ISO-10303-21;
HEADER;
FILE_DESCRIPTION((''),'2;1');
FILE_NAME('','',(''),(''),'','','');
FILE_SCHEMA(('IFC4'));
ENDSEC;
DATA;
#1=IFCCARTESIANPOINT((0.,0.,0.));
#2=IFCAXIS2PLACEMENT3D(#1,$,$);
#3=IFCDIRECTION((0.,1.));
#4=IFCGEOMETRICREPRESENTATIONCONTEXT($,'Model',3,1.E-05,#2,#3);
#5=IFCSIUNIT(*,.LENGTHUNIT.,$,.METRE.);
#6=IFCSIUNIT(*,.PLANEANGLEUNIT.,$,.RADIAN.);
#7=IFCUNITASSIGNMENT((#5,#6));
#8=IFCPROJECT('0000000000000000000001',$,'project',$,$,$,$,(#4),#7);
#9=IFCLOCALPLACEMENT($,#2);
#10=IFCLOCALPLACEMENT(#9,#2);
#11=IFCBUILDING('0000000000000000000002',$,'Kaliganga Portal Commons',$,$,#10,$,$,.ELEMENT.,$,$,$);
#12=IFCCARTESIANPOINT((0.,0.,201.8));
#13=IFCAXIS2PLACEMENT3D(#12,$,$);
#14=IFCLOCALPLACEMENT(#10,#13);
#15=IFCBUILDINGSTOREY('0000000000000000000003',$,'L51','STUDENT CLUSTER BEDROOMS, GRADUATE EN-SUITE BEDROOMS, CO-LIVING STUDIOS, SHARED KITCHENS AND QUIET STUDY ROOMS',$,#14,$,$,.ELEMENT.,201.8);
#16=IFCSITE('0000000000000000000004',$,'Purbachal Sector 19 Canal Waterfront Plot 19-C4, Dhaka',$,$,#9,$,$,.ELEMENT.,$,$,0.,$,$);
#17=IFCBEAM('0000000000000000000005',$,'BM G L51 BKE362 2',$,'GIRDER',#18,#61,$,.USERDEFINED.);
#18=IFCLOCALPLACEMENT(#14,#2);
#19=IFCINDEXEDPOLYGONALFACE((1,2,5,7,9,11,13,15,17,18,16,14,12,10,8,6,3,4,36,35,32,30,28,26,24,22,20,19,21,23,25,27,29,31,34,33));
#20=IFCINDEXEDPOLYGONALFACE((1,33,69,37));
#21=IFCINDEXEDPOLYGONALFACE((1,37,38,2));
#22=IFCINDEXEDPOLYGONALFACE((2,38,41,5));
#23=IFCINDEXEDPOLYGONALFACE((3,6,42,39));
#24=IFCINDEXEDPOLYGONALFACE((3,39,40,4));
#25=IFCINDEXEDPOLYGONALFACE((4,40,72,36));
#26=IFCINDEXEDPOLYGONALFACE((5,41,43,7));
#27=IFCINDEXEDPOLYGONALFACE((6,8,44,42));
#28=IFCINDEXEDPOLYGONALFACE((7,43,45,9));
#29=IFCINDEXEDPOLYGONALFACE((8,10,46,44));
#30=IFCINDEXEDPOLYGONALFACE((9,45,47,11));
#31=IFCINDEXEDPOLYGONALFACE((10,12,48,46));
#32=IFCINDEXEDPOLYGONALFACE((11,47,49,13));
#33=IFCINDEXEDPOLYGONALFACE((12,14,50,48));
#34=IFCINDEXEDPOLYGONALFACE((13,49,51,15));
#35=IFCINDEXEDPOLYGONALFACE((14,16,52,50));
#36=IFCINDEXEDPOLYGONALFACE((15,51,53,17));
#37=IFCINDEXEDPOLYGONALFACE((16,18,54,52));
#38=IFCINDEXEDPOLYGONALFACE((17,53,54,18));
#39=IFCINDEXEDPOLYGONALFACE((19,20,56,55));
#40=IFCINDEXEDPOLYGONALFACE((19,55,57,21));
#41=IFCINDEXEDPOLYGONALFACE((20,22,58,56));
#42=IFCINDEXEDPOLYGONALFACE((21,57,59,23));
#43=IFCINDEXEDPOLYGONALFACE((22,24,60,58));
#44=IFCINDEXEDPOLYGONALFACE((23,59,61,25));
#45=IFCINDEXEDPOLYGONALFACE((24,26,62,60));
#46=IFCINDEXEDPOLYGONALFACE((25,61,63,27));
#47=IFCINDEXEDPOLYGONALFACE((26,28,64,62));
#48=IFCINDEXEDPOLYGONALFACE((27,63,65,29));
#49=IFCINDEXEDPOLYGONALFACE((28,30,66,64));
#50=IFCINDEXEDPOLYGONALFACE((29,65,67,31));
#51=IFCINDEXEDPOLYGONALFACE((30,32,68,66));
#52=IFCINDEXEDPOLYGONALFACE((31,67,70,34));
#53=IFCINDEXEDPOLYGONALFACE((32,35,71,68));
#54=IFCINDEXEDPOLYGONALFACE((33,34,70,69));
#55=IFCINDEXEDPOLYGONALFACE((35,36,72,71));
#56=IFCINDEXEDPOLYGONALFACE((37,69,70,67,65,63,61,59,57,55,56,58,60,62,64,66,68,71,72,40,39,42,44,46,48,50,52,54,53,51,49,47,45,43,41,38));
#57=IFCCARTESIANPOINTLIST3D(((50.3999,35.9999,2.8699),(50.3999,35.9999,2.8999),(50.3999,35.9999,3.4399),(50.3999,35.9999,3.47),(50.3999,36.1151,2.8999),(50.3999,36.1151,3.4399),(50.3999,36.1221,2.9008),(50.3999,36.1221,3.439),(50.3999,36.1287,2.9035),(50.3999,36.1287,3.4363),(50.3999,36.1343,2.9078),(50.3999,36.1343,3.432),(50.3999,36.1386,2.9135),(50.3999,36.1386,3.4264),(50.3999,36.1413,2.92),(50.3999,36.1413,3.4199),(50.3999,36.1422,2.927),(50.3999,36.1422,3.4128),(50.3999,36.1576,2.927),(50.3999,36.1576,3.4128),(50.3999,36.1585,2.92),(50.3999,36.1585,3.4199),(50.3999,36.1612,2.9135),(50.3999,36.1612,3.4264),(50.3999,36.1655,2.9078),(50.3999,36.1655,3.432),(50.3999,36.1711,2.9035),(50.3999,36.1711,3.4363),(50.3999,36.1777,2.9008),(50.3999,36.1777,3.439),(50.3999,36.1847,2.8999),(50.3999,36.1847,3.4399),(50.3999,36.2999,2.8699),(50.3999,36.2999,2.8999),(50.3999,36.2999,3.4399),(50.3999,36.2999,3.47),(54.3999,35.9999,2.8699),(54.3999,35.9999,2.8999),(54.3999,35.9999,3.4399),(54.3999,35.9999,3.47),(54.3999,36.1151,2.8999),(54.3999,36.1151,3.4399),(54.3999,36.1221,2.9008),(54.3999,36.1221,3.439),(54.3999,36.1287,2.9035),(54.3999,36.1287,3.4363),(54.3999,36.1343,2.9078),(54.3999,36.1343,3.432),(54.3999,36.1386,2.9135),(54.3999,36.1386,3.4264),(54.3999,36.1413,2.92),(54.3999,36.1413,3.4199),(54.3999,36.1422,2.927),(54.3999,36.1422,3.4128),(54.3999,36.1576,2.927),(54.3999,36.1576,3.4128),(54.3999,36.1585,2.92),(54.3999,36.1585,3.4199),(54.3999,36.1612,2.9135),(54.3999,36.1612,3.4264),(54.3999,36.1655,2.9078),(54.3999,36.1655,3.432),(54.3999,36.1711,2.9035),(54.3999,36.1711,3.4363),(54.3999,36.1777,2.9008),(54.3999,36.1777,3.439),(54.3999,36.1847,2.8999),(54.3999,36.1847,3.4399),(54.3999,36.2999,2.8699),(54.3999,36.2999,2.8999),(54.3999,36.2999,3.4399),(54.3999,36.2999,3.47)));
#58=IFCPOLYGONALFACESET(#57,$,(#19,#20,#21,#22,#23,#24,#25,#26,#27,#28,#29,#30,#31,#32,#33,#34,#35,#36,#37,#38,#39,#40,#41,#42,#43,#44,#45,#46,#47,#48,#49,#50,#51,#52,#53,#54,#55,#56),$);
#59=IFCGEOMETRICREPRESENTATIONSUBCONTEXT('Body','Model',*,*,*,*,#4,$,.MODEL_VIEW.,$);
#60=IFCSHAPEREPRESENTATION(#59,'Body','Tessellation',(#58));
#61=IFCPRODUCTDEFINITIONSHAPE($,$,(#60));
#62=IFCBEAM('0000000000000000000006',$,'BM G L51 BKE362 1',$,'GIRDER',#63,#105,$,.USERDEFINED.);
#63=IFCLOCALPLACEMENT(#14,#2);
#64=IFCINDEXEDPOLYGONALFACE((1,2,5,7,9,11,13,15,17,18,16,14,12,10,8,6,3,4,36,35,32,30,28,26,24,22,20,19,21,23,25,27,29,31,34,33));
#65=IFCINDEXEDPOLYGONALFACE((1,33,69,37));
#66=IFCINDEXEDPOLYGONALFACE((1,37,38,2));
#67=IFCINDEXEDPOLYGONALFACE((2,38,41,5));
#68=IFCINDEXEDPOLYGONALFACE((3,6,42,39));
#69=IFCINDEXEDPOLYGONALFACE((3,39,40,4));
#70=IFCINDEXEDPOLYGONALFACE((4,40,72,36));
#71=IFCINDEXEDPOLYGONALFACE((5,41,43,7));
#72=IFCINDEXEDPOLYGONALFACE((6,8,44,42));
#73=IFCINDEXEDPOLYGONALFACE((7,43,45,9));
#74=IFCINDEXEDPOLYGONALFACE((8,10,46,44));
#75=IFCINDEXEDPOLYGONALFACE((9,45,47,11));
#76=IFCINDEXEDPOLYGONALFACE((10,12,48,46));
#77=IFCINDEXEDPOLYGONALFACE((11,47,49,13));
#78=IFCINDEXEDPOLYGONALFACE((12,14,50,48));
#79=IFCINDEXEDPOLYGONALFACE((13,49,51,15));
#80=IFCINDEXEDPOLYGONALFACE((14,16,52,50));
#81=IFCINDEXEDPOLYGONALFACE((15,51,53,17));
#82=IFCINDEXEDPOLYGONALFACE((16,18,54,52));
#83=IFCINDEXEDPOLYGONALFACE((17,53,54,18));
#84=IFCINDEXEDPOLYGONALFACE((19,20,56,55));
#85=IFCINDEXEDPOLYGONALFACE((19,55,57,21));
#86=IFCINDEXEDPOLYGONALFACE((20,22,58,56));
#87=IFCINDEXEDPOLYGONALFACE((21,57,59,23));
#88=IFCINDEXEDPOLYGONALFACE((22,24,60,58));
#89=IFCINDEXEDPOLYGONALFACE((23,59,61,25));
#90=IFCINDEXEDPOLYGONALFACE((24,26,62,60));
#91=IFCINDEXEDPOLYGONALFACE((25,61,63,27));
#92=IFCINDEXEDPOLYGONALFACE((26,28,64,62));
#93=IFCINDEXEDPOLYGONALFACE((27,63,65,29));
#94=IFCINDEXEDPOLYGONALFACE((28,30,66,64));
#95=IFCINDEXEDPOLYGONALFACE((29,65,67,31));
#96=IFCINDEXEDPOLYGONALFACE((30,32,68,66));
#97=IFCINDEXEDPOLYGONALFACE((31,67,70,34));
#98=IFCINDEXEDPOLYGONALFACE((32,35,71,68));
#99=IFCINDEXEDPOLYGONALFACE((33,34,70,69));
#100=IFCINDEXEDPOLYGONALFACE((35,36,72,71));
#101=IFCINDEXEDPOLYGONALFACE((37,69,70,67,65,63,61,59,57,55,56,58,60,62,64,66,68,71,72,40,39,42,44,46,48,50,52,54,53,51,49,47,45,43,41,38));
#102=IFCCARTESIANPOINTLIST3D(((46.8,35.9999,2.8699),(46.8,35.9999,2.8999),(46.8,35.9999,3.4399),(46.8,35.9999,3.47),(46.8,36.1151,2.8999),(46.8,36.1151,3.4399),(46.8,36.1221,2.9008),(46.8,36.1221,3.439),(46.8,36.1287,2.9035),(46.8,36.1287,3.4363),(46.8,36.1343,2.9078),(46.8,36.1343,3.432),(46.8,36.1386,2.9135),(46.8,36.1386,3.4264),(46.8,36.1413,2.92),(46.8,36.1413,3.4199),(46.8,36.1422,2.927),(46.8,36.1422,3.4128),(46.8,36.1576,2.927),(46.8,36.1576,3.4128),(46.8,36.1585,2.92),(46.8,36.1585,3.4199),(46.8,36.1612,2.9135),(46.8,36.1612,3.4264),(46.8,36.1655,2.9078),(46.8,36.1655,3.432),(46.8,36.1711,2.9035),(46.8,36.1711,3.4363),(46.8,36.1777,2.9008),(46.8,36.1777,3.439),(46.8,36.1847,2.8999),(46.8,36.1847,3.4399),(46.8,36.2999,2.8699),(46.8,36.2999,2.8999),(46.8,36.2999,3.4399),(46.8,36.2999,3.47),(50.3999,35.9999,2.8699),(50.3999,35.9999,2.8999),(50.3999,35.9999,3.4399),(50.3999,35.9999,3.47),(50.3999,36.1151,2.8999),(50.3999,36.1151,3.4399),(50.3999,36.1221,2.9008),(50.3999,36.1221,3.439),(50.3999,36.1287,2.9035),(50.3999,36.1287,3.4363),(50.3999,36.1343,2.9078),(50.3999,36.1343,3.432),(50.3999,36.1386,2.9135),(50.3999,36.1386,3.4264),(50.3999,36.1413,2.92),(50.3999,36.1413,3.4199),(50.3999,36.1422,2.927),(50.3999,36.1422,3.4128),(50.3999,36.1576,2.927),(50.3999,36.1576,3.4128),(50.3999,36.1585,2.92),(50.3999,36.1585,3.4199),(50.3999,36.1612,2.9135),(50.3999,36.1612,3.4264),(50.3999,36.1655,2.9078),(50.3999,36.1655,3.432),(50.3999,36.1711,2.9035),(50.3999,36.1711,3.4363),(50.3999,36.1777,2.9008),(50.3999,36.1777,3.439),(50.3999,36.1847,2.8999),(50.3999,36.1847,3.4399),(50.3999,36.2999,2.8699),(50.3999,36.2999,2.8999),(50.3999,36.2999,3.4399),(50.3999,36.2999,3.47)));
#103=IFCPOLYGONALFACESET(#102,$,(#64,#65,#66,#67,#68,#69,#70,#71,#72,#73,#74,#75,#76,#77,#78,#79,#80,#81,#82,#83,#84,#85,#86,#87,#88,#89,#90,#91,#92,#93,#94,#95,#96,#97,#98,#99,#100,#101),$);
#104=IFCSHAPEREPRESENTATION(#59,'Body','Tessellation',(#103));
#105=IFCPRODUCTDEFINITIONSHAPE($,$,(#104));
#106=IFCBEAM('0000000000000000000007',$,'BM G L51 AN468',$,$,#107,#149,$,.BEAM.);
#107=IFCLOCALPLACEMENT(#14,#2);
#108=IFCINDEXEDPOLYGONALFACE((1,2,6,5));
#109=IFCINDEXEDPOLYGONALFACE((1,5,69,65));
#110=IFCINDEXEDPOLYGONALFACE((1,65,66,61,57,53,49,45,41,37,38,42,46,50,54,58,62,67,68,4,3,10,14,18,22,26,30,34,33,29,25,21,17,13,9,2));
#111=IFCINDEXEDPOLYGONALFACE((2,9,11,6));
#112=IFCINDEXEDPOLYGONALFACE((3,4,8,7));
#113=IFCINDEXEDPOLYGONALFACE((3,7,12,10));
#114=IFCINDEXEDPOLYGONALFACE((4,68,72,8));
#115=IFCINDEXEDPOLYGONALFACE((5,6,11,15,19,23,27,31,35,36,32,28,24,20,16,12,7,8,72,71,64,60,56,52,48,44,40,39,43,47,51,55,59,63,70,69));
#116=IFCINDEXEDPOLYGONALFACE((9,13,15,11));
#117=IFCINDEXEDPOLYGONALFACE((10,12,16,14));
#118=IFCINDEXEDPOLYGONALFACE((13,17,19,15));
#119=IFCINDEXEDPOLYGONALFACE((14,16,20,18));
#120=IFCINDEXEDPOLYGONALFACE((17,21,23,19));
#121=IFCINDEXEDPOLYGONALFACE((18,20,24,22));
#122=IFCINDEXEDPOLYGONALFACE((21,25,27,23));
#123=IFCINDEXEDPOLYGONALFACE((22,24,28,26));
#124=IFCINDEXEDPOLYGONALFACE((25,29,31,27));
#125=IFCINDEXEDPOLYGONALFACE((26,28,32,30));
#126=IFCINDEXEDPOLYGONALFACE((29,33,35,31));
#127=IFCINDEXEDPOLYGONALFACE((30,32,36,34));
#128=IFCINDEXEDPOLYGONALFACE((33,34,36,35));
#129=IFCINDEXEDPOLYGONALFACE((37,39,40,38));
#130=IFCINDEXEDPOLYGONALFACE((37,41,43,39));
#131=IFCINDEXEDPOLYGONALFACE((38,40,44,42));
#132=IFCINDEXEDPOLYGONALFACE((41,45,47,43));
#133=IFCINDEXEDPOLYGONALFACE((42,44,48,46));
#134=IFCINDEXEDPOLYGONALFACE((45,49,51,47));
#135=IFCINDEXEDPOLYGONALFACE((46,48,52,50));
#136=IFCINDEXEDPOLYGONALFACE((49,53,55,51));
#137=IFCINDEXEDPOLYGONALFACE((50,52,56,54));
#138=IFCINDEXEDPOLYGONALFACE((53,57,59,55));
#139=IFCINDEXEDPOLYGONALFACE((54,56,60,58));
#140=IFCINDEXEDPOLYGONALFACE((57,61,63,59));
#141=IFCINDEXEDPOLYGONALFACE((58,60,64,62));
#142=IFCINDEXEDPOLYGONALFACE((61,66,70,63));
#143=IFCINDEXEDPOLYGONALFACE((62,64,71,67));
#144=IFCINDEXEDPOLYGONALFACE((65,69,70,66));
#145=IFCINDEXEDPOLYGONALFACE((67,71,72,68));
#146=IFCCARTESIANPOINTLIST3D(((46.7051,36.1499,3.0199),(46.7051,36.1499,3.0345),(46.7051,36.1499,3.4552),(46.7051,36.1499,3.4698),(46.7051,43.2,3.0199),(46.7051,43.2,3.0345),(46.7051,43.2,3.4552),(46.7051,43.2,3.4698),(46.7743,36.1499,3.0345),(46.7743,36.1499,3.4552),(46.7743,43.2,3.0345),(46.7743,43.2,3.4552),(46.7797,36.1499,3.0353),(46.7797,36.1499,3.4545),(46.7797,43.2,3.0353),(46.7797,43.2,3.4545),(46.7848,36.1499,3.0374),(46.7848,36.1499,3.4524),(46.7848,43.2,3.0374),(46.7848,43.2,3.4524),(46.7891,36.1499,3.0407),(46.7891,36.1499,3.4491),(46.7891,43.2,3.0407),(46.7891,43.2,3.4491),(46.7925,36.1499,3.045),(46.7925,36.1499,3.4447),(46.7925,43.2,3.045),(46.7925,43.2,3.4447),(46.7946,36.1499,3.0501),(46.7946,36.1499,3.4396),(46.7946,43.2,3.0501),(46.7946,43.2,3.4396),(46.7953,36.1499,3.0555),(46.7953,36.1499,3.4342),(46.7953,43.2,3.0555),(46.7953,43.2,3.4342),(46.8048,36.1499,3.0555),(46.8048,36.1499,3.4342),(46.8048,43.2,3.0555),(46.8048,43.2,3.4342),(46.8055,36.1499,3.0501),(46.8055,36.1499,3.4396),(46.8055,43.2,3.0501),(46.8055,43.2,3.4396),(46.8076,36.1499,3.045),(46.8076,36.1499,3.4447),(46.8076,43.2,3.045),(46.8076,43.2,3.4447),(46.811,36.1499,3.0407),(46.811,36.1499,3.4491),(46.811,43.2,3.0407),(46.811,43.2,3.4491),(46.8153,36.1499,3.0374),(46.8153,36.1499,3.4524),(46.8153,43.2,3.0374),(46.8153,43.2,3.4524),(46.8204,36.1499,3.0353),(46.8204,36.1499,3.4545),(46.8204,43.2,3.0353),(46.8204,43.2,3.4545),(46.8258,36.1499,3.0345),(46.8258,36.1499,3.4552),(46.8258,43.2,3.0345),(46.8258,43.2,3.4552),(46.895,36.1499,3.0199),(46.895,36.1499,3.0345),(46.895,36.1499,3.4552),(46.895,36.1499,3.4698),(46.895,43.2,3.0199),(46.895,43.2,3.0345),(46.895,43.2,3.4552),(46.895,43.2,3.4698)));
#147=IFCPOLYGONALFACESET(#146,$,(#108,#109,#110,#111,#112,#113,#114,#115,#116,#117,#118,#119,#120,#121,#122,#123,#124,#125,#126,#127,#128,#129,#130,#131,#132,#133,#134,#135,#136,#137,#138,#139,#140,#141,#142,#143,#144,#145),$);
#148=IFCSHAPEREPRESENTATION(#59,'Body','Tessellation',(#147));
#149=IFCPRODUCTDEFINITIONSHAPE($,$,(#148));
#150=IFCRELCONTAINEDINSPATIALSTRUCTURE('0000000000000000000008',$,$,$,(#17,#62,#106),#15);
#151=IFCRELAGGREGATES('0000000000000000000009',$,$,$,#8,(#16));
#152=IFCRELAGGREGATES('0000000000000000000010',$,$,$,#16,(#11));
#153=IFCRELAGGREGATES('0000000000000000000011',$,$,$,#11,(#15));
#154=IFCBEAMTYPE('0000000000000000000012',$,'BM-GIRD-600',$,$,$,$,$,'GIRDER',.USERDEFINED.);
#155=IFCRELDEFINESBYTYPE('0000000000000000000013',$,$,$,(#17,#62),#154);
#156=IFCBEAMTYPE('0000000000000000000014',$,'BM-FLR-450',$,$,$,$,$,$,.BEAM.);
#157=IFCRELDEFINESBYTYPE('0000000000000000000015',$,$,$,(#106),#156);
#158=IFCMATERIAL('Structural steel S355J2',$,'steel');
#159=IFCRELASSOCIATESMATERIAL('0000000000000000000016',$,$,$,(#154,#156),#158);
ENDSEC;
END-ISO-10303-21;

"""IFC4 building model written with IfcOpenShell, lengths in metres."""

from ifc_helpers import new_model, si_unit, direction, frame, origin, origin_2d, place, context, subcontext, project, spatial, i_section, extrude, source, transform, mapped, material, material_profile, profile_set, type_object, element, save


model = new_model("IFC4")

# Units and contexts
model_context = context("Model", 3, precision=1e-05, world=origin(), true_north=direction((0.0, 1.0)))
body_context = subcontext(model_context, "Body", "Model", "MODEL_VIEW")
ifc_project = project(units=[si_unit("LENGTHUNIT", "METRE"), si_unit("PLANEANGLEUNIT", "RADIAN")], contexts=[model_context])

# Site, building, storey
site_placement = place(None, origin())
site = spatial("IfcSite", under=ifc_project, at=site_placement, Name="Purbachal Sector 19 Canal Waterfront Plot 19-C4, Dhaka", CompositionType="ELEMENT", RefElevation=0.0)
building_placement = place(site_placement, origin())
building = spatial("IfcBuilding", under=site, at=building_placement, Name="Kaliganga Portal Commons", CompositionType="ELEMENT")
storey_placement = place(building_placement, frame((0.0, 0.0, 201.8)))
storey = spatial("IfcBuildingStorey", under=building, at=storey_placement, Name="L51", Description="STUDENT CLUSTER BEDROOMS, GRADUATE EN-SUITE BEDROOMS, CO-LIVING STUDIOS, SHARED KITCHENS AND QUIET STUDY ROOMS", CompositionType="ELEMENT", Elevation=201.8)

# Shared definitions
ifc_material_1 = material(Name="Structural steel S355J2", Category="steel")

# Beams
ifc_material_profile_1 = material_profile(ifc_material_1, i_section(OverallWidth=0.3, OverallDepth=0.6001, WebThickness=0.0154, FlangeThickness=0.03, FilletRadius=0.0271, at=origin_2d()), Name="HE 600 B")
ifc_profile_set_1 = profile_set([ifc_material_profile_1], Name="Structural steel S355J2 wide-flange")
beam_type_1 = type_object("IfcBeamType", Name="BM-GIRD-600", ElementType="GIRDER", PredefinedType="USERDEFINED", material=ifc_profile_set_1)
shared_shape_1 = source(origin(), body_context, "Body", "SweptSolid", [
    extrude(i_section(OverallWidth=0.3, OverallDepth=0.6001, WebThickness=0.0154, FlangeThickness=0.03, FilletRadius=0.0271, at=origin_2d()), origin(), (0.0, 0.0, 1.0), 4.0),
])
beam_1_placement = place(storey_placement, frame((50.3999, 36.1499, 3.1699), z_axis=(1.0, 0.0, 0.0), x_axis=(0.0, 1.0, 0.0)))
element("IfcBeam", 1, at=beam_1_placement, inside=storey, type_object=beam_type_1, Name="BM G L51 BKE362 2", ObjectType="GIRDER", PredefinedType="USERDEFINED", context=body_context, shape_type="MappedRepresentation", body=[
    mapped(shared_shape_1, transform((0.0, 0.0, 0.0), x_axis=(1.0, 0.0, 0.0), y_axis=(0.0, 1.0, 0.0), z_axis=(0.0, 0.0, 1.0), scale=1.0)),
])
shared_shape_2 = source(origin(), body_context, "Body", "SweptSolid", [
    extrude(i_section(OverallWidth=0.3, OverallDepth=0.6001, WebThickness=0.0154, FlangeThickness=0.03, FilletRadius=0.0271, at=origin_2d()), origin(), (0.0, 0.0, 1.0), 3.5999),
])
beam_2_placement = place(storey_placement, frame((46.8, 36.1499, 3.1699), z_axis=(1.0, 0.0, 0.0), x_axis=(0.0, 1.0, 0.0)))
element("IfcBeam", 2, at=beam_2_placement, inside=storey, type_object=beam_type_1, Name="BM G L51 BKE362 1", ObjectType="GIRDER", PredefinedType="USERDEFINED", context=body_context, shape_type="MappedRepresentation", body=[
    mapped(shared_shape_2, transform((0.0, 0.0, 0.0), x_axis=(1.0, 0.0, 0.0), y_axis=(0.0, 1.0, 0.0), z_axis=(0.0, 0.0, 1.0), scale=1.0)),
])
ifc_material_profile_2 = material_profile(ifc_material_1, i_section(OverallWidth=0.1899, OverallDepth=0.45, WebThickness=0.0095, FlangeThickness=0.0146, FilletRadius=0.021, at=origin_2d()), Name="IPE 450")
ifc_profile_set_2 = profile_set([ifc_material_profile_2], Name="Structural steel S355J2 wide-flange")
beam_type_2 = type_object("IfcBeamType", Name="BM-FLR-450", PredefinedType="BEAM", material=ifc_profile_set_2)
shared_shape_3 = source(origin(), body_context, "Body", "SweptSolid", [
    extrude(i_section(OverallWidth=0.1899, OverallDepth=0.45, WebThickness=0.0095, FlangeThickness=0.0146, FilletRadius=0.021, at=origin_2d()), origin(), (0.0, 0.0, 1.0), 7.05),
])
beam_3_placement = place(storey_placement, frame((46.8, 36.1499, 3.2449), z_axis=(0.0, 1.0, 0.0), x_axis=(-1.0, 0.0, 0.0)))
element("IfcBeam", 3, at=beam_3_placement, inside=storey, type_object=beam_type_2, Name="BM G L51 AN468", PredefinedType="BEAM", context=body_context, shape_type="MappedRepresentation", body=[
    mapped(shared_shape_3, transform((0.0, 0.0, 0.0), x_axis=(1.0, 0.0, 0.0), y_axis=(0.0, 1.0, 0.0), z_axis=(0.0, 0.0, 1.0), scale=1.0)),
])

save(model, "model.ifc")
